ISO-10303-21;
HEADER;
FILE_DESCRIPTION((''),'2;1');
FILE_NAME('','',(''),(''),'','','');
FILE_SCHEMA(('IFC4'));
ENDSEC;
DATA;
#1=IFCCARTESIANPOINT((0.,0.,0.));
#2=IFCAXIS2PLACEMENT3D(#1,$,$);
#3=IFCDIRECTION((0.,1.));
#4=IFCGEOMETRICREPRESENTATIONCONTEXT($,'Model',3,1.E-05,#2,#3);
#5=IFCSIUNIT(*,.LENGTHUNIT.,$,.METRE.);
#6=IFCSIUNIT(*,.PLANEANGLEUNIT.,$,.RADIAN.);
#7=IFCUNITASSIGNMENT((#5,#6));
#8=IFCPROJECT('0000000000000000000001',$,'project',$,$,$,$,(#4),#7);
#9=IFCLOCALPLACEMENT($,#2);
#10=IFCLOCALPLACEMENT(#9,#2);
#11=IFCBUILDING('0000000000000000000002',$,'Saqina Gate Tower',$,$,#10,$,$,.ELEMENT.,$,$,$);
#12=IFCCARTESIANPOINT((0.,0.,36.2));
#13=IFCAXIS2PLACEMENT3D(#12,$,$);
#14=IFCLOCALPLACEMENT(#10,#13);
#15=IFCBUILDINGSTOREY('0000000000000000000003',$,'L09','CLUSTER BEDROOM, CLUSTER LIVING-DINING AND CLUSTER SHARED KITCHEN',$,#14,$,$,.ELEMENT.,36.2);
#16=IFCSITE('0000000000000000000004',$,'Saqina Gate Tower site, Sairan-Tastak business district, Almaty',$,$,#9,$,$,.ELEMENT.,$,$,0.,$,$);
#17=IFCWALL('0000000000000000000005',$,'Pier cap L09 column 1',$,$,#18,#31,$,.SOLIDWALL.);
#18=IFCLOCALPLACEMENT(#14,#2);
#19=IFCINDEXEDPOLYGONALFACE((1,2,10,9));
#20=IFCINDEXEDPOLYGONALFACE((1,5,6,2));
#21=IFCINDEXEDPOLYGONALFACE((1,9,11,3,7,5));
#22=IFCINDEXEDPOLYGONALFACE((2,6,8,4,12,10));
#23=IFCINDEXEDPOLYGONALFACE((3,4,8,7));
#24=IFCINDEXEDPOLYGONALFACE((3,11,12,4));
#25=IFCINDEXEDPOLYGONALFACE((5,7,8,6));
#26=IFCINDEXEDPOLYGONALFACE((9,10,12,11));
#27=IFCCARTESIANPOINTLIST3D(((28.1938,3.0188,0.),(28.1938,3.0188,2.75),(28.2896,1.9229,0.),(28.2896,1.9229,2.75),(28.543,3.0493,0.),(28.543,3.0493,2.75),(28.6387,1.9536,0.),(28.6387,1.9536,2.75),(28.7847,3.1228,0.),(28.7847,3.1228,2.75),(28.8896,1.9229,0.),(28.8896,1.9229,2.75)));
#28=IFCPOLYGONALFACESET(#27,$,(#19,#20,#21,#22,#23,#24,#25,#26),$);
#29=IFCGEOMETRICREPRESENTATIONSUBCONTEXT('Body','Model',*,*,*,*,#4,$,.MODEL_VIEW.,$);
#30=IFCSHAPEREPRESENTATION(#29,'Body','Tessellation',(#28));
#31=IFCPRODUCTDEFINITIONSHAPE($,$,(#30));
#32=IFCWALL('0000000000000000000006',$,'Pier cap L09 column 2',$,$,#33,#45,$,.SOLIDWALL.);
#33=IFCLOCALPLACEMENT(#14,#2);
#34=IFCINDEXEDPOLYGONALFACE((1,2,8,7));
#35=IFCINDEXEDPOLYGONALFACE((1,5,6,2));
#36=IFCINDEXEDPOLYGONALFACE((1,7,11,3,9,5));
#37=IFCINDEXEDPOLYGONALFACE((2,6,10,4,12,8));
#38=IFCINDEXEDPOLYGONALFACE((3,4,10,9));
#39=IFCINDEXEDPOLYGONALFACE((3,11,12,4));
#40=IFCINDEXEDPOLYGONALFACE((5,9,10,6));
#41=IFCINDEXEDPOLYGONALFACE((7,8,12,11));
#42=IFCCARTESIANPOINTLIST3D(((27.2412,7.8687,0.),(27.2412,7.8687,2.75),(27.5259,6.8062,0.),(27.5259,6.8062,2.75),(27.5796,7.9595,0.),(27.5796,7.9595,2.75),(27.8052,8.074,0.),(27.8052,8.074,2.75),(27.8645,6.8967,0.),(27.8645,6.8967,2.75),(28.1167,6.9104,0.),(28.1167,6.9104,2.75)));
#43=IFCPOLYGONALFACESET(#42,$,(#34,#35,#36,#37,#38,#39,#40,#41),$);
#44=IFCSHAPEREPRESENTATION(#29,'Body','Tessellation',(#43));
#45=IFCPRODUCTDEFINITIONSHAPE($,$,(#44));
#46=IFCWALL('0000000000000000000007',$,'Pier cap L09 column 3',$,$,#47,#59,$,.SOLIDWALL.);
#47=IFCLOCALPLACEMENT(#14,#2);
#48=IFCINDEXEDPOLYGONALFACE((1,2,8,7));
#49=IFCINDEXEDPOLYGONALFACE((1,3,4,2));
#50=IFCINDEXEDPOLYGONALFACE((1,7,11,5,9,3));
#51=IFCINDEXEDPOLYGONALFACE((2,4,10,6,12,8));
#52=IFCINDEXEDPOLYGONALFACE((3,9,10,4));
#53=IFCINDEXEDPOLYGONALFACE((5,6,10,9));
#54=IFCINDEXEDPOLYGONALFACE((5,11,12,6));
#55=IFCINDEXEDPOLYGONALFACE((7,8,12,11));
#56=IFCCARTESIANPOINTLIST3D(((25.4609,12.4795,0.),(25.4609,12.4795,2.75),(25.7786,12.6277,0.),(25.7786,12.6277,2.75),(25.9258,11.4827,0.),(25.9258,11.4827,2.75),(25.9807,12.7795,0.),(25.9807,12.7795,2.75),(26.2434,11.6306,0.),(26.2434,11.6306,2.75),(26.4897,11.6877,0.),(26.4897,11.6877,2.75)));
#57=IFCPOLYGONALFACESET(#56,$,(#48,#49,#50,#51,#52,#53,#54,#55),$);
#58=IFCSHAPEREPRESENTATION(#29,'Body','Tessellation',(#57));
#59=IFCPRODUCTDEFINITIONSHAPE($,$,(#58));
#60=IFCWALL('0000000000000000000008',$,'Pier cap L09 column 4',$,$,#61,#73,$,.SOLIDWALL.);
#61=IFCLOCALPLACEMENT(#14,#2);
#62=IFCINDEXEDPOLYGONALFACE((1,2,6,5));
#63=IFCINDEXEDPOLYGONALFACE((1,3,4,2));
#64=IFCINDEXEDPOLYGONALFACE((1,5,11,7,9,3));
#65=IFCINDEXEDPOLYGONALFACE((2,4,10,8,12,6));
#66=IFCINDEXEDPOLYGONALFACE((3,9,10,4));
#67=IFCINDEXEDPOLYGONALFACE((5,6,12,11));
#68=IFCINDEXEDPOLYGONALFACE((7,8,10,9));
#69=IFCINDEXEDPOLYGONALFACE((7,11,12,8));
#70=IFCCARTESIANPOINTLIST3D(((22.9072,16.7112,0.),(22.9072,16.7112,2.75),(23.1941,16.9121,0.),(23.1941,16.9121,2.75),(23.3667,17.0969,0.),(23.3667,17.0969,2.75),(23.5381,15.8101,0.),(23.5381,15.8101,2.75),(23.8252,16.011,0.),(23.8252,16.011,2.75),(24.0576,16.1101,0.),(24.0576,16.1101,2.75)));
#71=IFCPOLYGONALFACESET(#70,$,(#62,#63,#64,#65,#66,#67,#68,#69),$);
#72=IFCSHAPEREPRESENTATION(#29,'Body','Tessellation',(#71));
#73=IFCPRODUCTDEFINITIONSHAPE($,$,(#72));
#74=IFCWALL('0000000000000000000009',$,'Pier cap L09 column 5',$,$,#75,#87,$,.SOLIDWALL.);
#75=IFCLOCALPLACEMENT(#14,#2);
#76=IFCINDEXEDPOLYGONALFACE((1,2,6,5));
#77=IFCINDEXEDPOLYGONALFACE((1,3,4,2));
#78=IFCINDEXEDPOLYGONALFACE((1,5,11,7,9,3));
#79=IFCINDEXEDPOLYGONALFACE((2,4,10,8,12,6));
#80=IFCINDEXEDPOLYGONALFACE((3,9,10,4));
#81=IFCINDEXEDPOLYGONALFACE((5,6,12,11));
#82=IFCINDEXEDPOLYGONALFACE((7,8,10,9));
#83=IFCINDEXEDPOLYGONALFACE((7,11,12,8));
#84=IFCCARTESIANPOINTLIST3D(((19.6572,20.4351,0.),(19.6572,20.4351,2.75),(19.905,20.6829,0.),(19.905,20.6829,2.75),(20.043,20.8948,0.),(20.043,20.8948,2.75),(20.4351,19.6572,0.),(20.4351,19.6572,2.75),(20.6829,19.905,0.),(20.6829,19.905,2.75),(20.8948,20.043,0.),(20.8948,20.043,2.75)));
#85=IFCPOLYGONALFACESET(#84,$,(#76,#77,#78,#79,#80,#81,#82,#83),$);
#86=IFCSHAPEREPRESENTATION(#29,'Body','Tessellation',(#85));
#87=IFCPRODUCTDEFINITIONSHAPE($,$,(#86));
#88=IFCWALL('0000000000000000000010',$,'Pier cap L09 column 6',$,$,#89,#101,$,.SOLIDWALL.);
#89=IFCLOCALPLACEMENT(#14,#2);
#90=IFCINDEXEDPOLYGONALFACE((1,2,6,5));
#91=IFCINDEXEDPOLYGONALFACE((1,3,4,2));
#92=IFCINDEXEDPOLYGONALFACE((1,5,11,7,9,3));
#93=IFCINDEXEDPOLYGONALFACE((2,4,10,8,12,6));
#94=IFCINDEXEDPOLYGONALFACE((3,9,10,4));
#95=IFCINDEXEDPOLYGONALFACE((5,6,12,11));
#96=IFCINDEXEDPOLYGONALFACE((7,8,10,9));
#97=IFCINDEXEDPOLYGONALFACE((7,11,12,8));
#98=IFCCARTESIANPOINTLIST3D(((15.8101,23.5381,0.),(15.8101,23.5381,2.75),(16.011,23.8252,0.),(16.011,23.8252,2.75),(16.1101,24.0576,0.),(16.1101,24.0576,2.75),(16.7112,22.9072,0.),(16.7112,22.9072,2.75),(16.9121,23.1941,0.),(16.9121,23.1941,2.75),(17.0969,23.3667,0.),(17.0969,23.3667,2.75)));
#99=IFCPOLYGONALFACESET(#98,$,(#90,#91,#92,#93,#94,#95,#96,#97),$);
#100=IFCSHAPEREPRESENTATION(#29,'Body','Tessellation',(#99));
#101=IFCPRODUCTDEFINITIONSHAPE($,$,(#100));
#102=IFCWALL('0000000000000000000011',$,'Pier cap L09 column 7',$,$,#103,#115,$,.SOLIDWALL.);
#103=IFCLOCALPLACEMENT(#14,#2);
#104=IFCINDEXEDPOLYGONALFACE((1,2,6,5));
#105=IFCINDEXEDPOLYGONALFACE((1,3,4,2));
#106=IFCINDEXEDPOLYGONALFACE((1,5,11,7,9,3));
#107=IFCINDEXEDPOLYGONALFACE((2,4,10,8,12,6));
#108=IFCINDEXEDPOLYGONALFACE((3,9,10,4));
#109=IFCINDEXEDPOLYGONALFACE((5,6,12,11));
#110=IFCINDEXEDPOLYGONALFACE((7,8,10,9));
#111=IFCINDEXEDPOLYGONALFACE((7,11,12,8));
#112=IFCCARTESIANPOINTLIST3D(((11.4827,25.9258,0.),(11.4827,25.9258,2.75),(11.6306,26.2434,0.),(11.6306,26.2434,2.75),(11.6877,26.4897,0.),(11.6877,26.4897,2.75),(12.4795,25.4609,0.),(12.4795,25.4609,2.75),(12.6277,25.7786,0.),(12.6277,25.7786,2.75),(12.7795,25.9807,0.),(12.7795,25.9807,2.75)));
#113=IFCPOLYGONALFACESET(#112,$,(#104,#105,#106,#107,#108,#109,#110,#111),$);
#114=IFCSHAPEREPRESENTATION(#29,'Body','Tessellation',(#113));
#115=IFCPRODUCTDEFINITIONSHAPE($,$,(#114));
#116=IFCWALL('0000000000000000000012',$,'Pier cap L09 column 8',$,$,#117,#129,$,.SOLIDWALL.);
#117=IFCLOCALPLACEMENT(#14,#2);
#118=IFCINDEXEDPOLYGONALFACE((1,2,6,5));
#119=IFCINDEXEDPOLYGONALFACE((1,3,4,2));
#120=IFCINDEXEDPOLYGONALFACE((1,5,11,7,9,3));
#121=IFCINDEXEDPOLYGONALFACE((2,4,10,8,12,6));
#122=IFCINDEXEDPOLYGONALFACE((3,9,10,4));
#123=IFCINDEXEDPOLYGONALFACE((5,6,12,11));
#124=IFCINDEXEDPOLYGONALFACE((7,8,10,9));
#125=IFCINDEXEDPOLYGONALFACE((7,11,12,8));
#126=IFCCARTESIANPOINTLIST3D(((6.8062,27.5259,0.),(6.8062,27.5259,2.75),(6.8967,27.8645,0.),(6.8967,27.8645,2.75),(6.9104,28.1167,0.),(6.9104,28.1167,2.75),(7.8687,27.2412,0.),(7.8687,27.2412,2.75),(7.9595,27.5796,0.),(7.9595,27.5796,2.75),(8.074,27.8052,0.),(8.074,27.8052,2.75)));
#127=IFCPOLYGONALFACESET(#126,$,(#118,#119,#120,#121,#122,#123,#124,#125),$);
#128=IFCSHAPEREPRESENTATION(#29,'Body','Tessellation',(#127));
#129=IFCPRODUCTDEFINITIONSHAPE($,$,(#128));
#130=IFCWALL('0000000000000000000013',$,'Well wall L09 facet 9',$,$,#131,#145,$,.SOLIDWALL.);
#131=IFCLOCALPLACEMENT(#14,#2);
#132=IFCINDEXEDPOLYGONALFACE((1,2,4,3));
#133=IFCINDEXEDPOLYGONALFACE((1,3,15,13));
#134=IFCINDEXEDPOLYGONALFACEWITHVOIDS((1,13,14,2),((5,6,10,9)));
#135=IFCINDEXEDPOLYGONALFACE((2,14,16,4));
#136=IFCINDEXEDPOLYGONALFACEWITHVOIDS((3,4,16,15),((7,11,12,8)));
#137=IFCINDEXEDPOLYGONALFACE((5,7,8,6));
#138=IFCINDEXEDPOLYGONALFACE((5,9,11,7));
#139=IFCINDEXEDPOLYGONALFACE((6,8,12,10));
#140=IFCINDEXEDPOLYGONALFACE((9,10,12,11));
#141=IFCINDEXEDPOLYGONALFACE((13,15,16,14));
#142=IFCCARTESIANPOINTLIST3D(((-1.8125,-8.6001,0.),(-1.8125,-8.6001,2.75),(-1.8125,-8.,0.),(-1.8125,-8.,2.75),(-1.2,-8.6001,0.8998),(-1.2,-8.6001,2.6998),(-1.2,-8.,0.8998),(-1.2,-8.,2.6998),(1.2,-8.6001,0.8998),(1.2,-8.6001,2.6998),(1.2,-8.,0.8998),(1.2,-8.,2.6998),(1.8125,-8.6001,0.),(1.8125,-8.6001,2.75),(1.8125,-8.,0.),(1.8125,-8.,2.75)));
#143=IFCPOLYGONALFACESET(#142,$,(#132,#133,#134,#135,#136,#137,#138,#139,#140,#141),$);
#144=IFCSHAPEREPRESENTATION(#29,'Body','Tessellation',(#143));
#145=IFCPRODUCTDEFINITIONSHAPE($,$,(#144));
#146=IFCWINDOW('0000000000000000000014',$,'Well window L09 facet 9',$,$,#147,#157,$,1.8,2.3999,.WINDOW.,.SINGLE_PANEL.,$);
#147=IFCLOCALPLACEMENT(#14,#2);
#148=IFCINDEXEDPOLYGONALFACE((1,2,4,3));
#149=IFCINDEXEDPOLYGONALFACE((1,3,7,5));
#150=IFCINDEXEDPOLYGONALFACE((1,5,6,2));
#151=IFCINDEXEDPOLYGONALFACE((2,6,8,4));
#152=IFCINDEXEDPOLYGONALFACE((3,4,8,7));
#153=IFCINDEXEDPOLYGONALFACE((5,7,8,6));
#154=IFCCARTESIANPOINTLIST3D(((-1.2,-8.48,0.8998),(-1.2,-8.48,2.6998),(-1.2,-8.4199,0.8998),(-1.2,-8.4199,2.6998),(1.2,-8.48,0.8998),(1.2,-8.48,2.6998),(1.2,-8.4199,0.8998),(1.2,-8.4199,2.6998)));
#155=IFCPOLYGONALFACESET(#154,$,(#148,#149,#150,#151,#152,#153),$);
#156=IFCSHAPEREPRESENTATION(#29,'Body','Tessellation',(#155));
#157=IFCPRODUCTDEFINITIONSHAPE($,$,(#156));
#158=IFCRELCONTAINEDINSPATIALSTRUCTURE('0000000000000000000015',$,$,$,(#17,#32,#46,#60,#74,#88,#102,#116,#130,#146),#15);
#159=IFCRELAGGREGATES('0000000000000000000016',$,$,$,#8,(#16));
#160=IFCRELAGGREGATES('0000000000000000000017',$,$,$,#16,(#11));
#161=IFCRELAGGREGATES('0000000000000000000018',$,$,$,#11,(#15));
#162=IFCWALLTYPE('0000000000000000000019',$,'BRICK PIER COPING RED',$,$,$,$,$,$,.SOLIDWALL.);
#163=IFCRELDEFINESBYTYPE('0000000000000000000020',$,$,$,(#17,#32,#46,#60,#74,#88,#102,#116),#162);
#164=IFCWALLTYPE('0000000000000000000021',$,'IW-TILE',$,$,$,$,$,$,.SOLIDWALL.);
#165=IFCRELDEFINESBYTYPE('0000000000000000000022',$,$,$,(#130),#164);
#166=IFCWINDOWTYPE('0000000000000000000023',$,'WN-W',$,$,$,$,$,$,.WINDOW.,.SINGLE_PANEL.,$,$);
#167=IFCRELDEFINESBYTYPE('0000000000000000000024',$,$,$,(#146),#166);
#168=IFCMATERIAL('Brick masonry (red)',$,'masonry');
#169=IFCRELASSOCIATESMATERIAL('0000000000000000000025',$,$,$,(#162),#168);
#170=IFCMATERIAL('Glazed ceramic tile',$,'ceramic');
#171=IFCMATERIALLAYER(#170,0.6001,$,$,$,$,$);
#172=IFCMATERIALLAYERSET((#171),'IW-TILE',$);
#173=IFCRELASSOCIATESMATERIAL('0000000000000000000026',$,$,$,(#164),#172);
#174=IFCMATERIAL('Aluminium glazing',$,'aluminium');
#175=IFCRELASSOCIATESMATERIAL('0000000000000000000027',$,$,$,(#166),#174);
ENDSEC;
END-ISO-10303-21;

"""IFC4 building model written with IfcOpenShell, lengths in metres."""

from ifc_helpers import new_model, si_unit, direction, frame, frame_2d, origin, place, context, subcontext, project, spatial, polyline, rectangle, outline, extrude, material, layer, layer_set, type_object, element, fill, save


model = new_model("IFC4")

# Units and contexts
model_context = context("Model", 3, precision=1e-05, world=origin(), true_north=direction((0.0, 1.0)))
body_context = subcontext(model_context, "Body", "Model", "MODEL_VIEW")
ifc_project = project(units=[si_unit("LENGTHUNIT", "METRE"), si_unit("PLANEANGLEUNIT", "RADIAN")], contexts=[model_context])

# Site, building, storey
site_placement = place(None, origin())
site = spatial("IfcSite", under=ifc_project, at=site_placement, Name="Saqina Gate Tower site, Sairan-Tastak business district, Almaty", CompositionType="ELEMENT", RefElevation=0.0)
building_placement = place(site_placement, origin())
building = spatial("IfcBuilding", under=site, at=building_placement, Name="Saqina Gate Tower", CompositionType="ELEMENT")
storey_placement = place(building_placement, frame((0.0, 0.0, 36.2)))
storey = spatial("IfcBuildingStorey", under=building, at=storey_placement, Name="L09", Description="CLUSTER BEDROOM, CLUSTER LIVING-DINING AND CLUSTER SHARED KITCHEN", CompositionType="ELEMENT", Elevation=36.2)

# Walls
ifc_material_1 = material(Name="Brick masonry (red)", Category="masonry")
wall_type_1 = type_object("IfcWallType", Name="BRICK PIER COPING RED", PredefinedType="SOLIDWALL", material=ifc_material_1)
wall_1_placement = place(storey_placement, origin())
element("IfcWall", 1, at=wall_1_placement, inside=storey, type_object=wall_type_1, Name="Pier cap L09 column 1", PredefinedType="SOLIDWALL", context=body_context, shape_type="SweptSolid", body=[
    extrude(outline(polyline([(28.8896, 1.9229), (28.7847, 3.1228), (28.1938, 3.0188), (28.543, 3.0493), (28.6387, 1.9536), (28.2896, 1.9229), (28.8896, 1.9229)])), origin(), (0.0, 0.0, 1.0), 2.75),
])
wall_2_placement = place(storey_placement, origin())
element("IfcWall", 2, at=wall_2_placement, inside=storey, type_object=wall_type_1, Name="Pier cap L09 column 2", PredefinedType="SOLIDWALL", context=body_context, shape_type="SweptSolid", body=[
    extrude(outline(polyline([(28.1167, 6.9104), (27.8052, 8.074), (27.2412, 7.8687), (27.5796, 7.9595), (27.8645, 6.8967), (27.5259, 6.8062), (28.1167, 6.9104)])), origin(), (0.0, 0.0, 1.0), 2.75),
])
wall_3_placement = place(storey_placement, origin())
element("IfcWall", 3, at=wall_3_placement, inside=storey, type_object=wall_type_1, Name="Pier cap L09 column 3", PredefinedType="SOLIDWALL", context=body_context, shape_type="SweptSolid", body=[
    extrude(outline(polyline([(25.9807, 12.7795), (25.4609, 12.4795), (25.7786, 12.6277), (26.2434, 11.6306), (25.9258, 11.4827), (26.4897, 11.6877), (25.9807, 12.7795)])), origin(), (0.0, 0.0, 1.0), 2.75),
])
wall_4_placement = place(storey_placement, origin())
element("IfcWall", 4, at=wall_4_placement, inside=storey, type_object=wall_type_1, Name="Pier cap L09 column 4", PredefinedType="SOLIDWALL", context=body_context, shape_type="SweptSolid", body=[
    extrude(outline(polyline([(24.0576, 16.1101), (23.3667, 17.0969), (22.9072, 16.7112), (23.1941, 16.9121), (23.8252, 16.011), (23.5381, 15.8101), (24.0576, 16.1101)])), origin(), (0.0, 0.0, 1.0), 2.75),
])
wall_5_placement = place(storey_placement, origin())
element("IfcWall", 5, at=wall_5_placement, inside=storey, type_object=wall_type_1, Name="Pier cap L09 column 5", PredefinedType="SOLIDWALL", context=body_context, shape_type="SweptSolid", body=[
    extrude(outline(polyline([(20.043, 20.8948), (19.6572, 20.4351), (19.905, 20.6829), (20.6829, 19.905), (20.4351, 19.6572), (20.8948, 20.043), (20.043, 20.8948)])), origin(), (0.0, 0.0, 1.0), 2.75),
])
wall_6_placement = place(storey_placement, origin())
element("IfcWall", 6, at=wall_6_placement, inside=storey, type_object=wall_type_1, Name="Pier cap L09 column 6", PredefinedType="SOLIDWALL", context=body_context, shape_type="SweptSolid", body=[
    extrude(outline(polyline([(17.0969, 23.3667), (16.1101, 24.0576), (15.8101, 23.5381), (16.011, 23.8252), (16.9121, 23.1941), (16.7112, 22.9072), (17.0969, 23.3667)])), origin(), (0.0, 0.0, 1.0), 2.75),
])
wall_7_placement = place(storey_placement, origin())
element("IfcWall", 7, at=wall_7_placement, inside=storey, type_object=wall_type_1, Name="Pier cap L09 column 7", PredefinedType="SOLIDWALL", context=body_context, shape_type="SweptSolid", body=[
    extrude(outline(polyline([(11.6877, 26.4897), (11.4827, 25.9258), (11.6306, 26.2434), (12.6277, 25.7786), (12.4795, 25.4609), (12.7795, 25.9807), (11.6877, 26.4897)])), origin(), (0.0, 0.0, 1.0), 2.75),
])
wall_8_placement = place(storey_placement, origin())
element("IfcWall", 8, at=wall_8_placement, inside=storey, type_object=wall_type_1, Name="Pier cap L09 column 8", PredefinedType="SOLIDWALL", context=body_context, shape_type="SweptSolid", body=[
    extrude(outline(polyline([(6.9104, 28.1167), (6.8062, 27.5259), (6.8967, 27.8645), (7.9595, 27.5796), (7.8687, 27.2412), (8.074, 27.8052), (6.9104, 28.1167)])), origin(), (0.0, 0.0, 1.0), 2.75),
])

# Wall, opening, window
ifc_material_2 = material(Name="Glazed ceramic tile", Category="ceramic")
ifc_layer_1 = layer(ifc_material_2, 0.6001)
ifc_layer_set_1 = layer_set([ifc_layer_1], Name="IW-TILE")
wall_type_2 = type_object("IfcWallType", Name="IW-TILE", PredefinedType="SOLIDWALL", material=ifc_layer_set_1)
wall_9_placement = place(storey_placement, frame((-1.8125, -8.3, 0.0), z_axis=(0.0, 0.0, 1.0), x_axis=(1.0, 0.0, 0.0)))
wall_9 = element("IfcWall", 9, at=wall_9_placement, inside=storey, type_object=wall_type_2, Name="Well wall L09 facet 9", PredefinedType="SOLIDWALL", context=body_context, shape_type="SweptSolid", body=[
    extrude(rectangle(XDim=3.625, YDim=0.6001, at=frame_2d((1.8125, 0.0))), origin(), (0.0, 0.0, 1.0), 2.75),
])
opening_1_placement = place(wall_9_placement, frame((0.6125, 0.0, 0.8999)))
opening_1 = element("IfcOpeningElement", 10, at=opening_1_placement, cuts=wall_9, PredefinedType="OPENING", context=body_context, shape_type="SweptSolid", body=[
    extrude(rectangle(XDim=2.3999, YDim=1.8, at=frame_2d((1.2, 0.8999))), frame((0.0, 0.312, 0.0), z_axis=(0.0, -1.0, 0.0), x_axis=(1.0, 0.0, 0.0)), (0.0, 0.0, 1.0), 0.624),
])
ifc_material_3 = material(Name="Aluminium glazing", Category="aluminium")
window_type = type_object("IfcWindowType", Name="WN-W", PartitioningType="SINGLE_PANEL", PredefinedType="WINDOW", material=ifc_material_3)
window_placement = place(opening_1_placement, origin())
window = element("IfcWindow", 11, at=window_placement, inside=storey, type_object=window_type, Name="Well window L09 facet 9", OverallHeight=1.8, OverallWidth=2.3999, PartitioningType="SINGLE_PANEL", PredefinedType="WINDOW", context=body_context, shape_type="SweptSolid", body=[
    extrude(rectangle(XDim=2.3999, YDim=1.8, at=frame_2d((1.2, 0.8999))), frame((0.0, -0.1199, 0.0), z_axis=(0.0, -1.0, 0.0), x_axis=(1.0, 0.0, 0.0)), (0.0, 0.0, 1.0), 0.0601),
])
fill(opening_1, window)

save(model, "model.ifc")
